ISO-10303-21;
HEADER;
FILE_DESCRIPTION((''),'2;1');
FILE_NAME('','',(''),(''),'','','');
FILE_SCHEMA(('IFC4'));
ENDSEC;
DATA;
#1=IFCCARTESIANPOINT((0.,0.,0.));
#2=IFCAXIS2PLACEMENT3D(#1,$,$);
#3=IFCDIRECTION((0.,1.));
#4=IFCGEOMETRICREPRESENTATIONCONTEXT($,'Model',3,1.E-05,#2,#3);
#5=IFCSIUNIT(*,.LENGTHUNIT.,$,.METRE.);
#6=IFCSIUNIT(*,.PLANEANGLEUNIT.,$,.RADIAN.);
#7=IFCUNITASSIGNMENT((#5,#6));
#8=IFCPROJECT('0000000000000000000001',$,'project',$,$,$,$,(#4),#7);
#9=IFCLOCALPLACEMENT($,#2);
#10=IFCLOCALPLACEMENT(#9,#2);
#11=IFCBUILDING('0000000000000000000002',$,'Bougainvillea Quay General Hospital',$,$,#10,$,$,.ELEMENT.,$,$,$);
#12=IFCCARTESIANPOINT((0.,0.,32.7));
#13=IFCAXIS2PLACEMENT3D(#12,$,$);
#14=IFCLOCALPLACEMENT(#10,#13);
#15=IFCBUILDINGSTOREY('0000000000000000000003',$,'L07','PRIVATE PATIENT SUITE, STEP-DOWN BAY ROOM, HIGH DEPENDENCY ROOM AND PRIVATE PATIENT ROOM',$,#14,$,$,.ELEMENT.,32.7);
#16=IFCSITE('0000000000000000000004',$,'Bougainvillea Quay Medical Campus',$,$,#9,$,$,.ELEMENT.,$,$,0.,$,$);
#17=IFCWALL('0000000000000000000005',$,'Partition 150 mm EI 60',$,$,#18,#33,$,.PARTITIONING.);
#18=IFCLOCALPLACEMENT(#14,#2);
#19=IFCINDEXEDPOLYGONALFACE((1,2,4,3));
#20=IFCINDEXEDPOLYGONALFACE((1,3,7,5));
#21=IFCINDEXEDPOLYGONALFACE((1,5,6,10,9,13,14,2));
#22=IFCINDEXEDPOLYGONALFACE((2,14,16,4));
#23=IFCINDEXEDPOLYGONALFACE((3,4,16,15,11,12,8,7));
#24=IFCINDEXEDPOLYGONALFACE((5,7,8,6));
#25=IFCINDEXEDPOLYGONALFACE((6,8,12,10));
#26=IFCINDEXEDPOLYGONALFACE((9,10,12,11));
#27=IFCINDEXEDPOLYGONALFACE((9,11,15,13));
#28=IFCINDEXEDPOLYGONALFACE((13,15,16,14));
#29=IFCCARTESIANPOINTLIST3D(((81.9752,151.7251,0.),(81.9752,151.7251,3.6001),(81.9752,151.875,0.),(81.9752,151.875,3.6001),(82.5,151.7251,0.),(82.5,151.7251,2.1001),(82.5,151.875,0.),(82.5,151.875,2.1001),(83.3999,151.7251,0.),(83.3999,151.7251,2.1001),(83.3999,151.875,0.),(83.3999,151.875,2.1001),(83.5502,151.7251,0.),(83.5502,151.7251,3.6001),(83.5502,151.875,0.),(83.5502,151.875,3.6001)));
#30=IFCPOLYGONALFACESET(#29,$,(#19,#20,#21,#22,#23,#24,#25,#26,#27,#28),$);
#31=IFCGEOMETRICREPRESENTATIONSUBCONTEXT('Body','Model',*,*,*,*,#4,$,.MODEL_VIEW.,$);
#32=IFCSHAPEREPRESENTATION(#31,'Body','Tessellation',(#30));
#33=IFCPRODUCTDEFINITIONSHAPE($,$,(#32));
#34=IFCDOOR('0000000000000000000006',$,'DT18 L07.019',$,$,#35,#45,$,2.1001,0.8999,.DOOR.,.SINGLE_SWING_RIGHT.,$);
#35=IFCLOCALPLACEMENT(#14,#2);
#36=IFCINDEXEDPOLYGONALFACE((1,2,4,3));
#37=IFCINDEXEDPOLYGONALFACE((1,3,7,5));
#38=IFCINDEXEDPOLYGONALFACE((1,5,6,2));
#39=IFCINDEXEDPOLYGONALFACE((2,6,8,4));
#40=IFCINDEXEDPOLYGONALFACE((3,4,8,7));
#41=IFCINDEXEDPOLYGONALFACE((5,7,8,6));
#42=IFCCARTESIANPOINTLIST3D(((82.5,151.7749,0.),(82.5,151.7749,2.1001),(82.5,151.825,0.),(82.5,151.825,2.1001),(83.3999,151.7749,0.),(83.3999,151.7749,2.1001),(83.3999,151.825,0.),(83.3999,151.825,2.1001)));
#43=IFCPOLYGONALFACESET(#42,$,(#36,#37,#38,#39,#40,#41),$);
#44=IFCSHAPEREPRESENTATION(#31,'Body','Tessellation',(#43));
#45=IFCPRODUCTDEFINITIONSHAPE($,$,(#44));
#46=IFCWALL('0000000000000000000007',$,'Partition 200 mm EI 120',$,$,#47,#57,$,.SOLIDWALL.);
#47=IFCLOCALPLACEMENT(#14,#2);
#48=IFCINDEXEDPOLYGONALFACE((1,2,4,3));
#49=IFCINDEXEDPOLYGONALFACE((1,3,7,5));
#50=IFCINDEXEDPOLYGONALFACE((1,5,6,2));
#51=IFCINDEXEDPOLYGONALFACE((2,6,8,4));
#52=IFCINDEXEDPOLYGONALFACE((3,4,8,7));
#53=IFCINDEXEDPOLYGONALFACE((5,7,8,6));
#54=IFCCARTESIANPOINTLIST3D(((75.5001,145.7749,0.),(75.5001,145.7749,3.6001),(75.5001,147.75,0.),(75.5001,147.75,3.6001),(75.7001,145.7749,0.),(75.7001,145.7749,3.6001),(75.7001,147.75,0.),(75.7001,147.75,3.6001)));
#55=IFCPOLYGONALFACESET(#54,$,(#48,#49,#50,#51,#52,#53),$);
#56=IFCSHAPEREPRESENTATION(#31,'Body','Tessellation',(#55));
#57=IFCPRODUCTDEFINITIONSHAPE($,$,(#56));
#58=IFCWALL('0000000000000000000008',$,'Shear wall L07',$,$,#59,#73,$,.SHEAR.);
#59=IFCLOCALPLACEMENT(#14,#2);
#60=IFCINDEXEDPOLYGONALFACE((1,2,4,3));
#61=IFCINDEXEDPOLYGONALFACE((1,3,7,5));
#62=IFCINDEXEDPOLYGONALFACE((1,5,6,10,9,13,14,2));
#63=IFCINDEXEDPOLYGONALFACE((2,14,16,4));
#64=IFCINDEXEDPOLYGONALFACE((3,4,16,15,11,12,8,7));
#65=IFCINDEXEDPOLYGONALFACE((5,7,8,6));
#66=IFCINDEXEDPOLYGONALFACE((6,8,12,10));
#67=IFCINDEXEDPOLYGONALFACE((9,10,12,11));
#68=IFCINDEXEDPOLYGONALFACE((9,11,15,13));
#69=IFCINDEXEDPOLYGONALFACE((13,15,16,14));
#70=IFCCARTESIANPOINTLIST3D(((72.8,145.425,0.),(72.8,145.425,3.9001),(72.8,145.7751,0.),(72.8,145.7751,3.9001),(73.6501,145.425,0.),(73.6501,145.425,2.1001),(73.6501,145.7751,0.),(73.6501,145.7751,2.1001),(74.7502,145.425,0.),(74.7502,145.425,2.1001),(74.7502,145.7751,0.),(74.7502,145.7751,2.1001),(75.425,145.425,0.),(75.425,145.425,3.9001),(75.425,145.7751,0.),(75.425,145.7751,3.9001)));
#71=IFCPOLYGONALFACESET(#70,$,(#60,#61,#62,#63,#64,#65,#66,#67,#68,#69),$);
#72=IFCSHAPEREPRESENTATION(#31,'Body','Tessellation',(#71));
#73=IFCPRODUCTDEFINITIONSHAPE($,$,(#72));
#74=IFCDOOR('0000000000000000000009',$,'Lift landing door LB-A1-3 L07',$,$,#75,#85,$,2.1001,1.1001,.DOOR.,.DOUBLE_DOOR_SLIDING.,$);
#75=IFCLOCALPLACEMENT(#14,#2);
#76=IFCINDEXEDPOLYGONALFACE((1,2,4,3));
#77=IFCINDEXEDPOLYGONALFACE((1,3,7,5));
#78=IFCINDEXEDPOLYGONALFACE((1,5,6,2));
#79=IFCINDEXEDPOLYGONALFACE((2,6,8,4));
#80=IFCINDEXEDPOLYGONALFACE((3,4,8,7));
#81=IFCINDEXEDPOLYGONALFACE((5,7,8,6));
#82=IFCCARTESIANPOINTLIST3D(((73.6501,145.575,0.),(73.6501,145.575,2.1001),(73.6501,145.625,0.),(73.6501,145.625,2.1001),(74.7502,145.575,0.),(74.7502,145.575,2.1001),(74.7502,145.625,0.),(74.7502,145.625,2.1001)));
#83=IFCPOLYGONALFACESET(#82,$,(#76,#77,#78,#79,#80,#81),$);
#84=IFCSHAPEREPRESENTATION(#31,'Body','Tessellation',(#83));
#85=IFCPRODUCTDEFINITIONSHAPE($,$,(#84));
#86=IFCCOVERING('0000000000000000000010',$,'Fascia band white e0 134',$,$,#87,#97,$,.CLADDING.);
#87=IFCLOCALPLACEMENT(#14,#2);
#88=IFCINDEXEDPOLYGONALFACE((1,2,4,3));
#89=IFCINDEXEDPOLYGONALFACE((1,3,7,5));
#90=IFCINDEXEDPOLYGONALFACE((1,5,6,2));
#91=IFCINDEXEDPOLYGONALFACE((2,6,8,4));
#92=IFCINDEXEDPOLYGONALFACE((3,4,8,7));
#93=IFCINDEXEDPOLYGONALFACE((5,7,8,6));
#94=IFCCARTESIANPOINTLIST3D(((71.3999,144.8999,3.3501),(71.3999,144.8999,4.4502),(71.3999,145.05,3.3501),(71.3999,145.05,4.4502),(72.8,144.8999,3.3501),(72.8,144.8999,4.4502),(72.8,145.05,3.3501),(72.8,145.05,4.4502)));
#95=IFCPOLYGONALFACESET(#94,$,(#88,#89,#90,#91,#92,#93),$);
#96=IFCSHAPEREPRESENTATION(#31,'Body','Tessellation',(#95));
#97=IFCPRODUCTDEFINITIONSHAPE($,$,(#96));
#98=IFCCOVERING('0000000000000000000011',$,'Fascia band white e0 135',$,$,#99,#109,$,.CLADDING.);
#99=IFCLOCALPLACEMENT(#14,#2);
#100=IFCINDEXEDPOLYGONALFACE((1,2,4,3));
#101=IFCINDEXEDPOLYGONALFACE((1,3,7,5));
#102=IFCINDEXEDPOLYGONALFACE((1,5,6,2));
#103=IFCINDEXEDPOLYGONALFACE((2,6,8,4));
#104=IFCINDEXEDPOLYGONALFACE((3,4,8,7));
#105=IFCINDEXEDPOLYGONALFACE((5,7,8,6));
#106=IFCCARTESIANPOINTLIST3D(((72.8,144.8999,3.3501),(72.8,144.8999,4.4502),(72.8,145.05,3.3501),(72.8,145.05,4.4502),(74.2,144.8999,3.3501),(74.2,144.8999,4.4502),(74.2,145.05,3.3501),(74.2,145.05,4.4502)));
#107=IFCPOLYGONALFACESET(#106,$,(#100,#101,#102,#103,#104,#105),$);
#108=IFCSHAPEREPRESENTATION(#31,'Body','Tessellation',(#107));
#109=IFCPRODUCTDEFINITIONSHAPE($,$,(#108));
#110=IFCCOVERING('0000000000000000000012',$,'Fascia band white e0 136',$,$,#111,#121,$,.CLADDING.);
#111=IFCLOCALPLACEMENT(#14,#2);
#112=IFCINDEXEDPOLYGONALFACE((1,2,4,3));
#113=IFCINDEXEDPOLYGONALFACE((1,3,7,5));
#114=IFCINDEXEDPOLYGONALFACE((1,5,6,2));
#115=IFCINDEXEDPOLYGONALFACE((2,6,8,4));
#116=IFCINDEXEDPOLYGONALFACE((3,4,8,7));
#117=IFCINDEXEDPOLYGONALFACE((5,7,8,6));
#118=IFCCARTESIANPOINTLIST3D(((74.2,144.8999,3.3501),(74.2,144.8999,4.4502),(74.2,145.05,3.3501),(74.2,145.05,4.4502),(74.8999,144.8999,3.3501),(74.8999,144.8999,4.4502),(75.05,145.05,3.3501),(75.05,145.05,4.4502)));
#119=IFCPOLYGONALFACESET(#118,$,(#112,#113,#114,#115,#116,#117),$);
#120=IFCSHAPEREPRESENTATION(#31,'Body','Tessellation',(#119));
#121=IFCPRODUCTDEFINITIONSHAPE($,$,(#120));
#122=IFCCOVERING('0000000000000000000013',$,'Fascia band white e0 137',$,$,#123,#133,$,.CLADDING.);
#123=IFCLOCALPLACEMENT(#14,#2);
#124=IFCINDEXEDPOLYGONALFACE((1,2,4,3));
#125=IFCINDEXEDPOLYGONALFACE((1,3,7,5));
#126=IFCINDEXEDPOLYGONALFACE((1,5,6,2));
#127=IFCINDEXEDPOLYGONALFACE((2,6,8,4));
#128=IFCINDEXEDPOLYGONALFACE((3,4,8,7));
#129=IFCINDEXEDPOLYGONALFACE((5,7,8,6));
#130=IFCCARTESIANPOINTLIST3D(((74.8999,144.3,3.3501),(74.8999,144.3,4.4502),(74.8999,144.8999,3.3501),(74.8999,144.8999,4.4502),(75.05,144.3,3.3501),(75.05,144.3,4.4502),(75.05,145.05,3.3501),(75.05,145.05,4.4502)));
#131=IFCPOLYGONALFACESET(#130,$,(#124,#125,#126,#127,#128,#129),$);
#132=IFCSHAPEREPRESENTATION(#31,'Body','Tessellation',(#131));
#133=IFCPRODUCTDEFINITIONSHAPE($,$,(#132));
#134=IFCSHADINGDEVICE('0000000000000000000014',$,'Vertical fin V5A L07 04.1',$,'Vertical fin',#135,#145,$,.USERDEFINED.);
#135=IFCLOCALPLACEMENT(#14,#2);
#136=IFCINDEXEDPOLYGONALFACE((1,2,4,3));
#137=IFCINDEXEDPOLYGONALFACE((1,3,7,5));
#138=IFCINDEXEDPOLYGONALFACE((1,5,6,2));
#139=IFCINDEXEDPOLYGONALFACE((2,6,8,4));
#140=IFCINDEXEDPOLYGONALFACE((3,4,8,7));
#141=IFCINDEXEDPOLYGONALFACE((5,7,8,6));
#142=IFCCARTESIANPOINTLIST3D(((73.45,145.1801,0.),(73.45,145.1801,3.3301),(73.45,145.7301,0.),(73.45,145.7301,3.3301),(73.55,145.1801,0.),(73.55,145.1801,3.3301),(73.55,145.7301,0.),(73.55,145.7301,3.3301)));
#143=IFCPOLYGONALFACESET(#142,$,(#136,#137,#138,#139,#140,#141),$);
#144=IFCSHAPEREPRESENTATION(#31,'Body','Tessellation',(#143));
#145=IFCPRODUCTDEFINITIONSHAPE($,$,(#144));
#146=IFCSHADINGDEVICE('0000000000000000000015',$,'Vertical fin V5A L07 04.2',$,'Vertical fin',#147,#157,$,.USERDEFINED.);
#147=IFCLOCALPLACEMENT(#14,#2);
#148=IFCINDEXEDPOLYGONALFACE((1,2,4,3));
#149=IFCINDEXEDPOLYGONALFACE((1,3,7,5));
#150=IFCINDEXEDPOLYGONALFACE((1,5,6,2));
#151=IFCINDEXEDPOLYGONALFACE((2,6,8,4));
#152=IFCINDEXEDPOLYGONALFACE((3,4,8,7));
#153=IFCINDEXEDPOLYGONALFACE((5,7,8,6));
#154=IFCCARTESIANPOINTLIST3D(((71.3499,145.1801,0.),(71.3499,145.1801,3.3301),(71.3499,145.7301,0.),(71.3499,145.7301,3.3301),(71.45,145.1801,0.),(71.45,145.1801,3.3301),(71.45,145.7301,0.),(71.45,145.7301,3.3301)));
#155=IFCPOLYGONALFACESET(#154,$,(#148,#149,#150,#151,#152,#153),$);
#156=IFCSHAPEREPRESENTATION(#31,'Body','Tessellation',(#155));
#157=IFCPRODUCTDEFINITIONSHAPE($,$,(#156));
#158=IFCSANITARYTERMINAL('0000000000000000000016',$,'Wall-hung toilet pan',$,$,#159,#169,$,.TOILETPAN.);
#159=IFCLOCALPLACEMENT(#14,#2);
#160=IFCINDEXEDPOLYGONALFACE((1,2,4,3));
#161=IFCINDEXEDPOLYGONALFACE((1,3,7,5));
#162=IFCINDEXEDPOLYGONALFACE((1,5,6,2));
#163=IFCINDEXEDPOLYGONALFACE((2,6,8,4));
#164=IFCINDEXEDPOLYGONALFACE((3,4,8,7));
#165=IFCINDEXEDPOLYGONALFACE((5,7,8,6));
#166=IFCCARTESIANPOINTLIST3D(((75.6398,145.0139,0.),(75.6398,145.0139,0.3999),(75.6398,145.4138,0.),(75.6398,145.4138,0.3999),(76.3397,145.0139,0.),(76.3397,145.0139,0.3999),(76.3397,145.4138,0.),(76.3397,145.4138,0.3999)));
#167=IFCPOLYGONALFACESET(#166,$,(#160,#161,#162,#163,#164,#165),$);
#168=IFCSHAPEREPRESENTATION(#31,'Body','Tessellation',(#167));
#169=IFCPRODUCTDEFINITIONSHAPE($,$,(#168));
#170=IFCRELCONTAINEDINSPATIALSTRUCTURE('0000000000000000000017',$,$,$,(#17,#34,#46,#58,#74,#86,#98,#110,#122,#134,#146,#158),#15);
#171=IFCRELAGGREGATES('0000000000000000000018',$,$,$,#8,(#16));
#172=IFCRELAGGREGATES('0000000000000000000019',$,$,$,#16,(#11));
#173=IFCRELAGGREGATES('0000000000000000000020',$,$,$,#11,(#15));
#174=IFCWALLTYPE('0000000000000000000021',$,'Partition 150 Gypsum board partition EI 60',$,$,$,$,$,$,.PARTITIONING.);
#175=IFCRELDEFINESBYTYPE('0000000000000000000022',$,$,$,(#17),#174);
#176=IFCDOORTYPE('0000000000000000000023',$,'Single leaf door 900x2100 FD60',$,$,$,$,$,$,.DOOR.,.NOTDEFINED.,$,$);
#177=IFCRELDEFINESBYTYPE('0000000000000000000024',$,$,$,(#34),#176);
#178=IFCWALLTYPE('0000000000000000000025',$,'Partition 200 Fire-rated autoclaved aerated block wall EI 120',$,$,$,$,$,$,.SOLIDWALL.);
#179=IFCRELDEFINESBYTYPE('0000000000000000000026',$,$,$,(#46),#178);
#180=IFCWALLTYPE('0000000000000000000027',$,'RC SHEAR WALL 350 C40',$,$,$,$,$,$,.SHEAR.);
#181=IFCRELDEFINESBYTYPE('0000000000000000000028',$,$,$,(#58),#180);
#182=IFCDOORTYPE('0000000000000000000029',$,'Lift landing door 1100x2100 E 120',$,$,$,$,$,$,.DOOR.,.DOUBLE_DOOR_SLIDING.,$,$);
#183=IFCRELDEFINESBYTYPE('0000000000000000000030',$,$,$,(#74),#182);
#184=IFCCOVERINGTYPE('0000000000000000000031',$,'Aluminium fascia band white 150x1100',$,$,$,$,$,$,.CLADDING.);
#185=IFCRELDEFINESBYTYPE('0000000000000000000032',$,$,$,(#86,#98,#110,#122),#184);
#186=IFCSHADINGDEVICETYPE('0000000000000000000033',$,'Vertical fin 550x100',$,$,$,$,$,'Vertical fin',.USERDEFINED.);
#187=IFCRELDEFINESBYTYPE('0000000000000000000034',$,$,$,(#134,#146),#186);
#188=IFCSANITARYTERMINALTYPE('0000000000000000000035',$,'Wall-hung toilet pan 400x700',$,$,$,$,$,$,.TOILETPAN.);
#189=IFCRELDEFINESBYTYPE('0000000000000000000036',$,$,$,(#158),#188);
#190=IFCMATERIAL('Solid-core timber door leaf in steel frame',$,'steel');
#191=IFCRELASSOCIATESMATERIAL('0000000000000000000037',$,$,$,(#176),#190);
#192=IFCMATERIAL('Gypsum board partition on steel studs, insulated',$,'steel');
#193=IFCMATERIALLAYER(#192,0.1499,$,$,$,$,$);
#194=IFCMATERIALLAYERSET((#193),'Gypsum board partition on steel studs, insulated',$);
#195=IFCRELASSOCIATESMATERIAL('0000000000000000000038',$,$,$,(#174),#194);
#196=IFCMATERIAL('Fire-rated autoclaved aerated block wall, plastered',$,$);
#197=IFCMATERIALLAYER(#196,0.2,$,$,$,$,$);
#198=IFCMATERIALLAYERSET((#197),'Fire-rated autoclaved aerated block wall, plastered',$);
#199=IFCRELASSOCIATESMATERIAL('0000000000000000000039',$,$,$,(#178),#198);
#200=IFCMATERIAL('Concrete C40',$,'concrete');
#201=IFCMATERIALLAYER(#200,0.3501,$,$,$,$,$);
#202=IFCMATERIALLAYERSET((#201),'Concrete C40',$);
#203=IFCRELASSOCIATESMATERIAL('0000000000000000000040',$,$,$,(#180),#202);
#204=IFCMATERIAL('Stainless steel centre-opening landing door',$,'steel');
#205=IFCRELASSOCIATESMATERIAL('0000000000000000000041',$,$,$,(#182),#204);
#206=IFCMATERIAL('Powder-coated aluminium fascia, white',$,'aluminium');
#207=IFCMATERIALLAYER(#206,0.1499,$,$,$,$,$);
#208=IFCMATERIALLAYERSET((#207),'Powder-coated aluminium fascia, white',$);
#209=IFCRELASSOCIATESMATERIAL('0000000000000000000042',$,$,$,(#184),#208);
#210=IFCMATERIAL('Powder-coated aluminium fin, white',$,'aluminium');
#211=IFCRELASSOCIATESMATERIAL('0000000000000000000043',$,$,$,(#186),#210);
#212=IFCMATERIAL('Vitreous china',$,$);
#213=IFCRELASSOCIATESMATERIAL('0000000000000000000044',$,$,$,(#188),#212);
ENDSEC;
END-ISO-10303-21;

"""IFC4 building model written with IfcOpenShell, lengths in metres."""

from ifc_helpers import new_model, si_unit, direction, frame, frame_2d, origin, origin_2d, place, context, subcontext, project, spatial, polyline, rectangle, outline, extrude, material, layer, layer_set, material_profile, profile_set, type_object, element, fill, save


model = new_model("IFC4")

# Units and contexts
model_context = context("Model", 3, precision=1e-05, world=origin(), true_north=direction((0.0, 1.0)))
body_context = subcontext(model_context, "Body", "Model", "MODEL_VIEW")
ifc_project = project(units=[si_unit("LENGTHUNIT", "METRE"), si_unit("PLANEANGLEUNIT", "RADIAN")], contexts=[model_context])

# Site, building, storey
site_placement = place(None, origin())
site = spatial("IfcSite", under=ifc_project, at=site_placement, Name="Bougainvillea Quay Medical Campus", CompositionType="ELEMENT", RefElevation=0.0)
building_placement = place(site_placement, origin())
building = spatial("IfcBuilding", under=site, at=building_placement, Name="Bougainvillea Quay General Hospital", CompositionType="ELEMENT")
storey_placement = place(building_placement, frame((0.0, 0.0, 32.7)))
storey = spatial("IfcBuildingStorey", under=building, at=storey_placement, Name="L07", Description="PRIVATE PATIENT SUITE, STEP-DOWN BAY ROOM, HIGH DEPENDENCY ROOM AND PRIVATE PATIENT ROOM", CompositionType="ELEMENT", Elevation=32.7)

# Shared definitions
ifc_material_1 = material(Name="Concrete C40", Category="concrete")

# Shared definitions
ifc_material_2 = material(Name="Gypsum board partition on steel studs, insulated", Category="steel")
ifc_material_3 = material(Name="Solid-core timber door leaf in steel frame", Category="steel")
door_type_1 = type_object("IfcDoorType", Name="Single leaf door 900x2100 FD60", OperationType="NOTDEFINED", PredefinedType="DOOR", material=ifc_material_3)

# Wall, opening, door
ifc_layer_1 = layer(ifc_material_2, 0.1499)
ifc_layer_set_1 = layer_set([ifc_layer_1], Name="Gypsum board partition on steel studs, insulated")
wall_type_1 = type_object("IfcWallType", Name="Partition 150 Gypsum board partition EI 60", PredefinedType="PARTITIONING", material=ifc_layer_set_1)
wall_1_placement = place(storey_placement, frame((81.9751, 151.8, 0.0), z_axis=(0.0, 0.0, 1.0), x_axis=(1.0, 0.0, 0.0)))
wall_1 = element("IfcWall", 1, at=wall_1_placement, inside=storey, type_object=wall_type_1, Name="Partition 150 mm EI 60", PredefinedType="PARTITIONING", context=body_context, shape_type="SweptSolid", body=[
    extrude(rectangle(XDim=1.575, YDim=0.1499, at=frame_2d((0.7876, 0.0))), origin(), (0.0, 0.0, 1.0), 3.6001),
])
opening_1_placement = place(wall_1_placement, frame((0.5249, 0.0, 0.0)))
opening_1 = element("IfcOpeningElement", 2, at=opening_1_placement, cuts=wall_1, PredefinedType="OPENING", context=body_context, shape_type="SweptSolid", body=[
    extrude(rectangle(XDim=0.8999, YDim=2.1001, at=frame_2d((0.45, 1.05))), frame((0.0, 0.085, 0.0), z_axis=(0.0, -1.0, 0.0), x_axis=(1.0, 0.0, 0.0)), (0.0, 0.0, 1.0), 0.1699),
])
door_1_placement = place(opening_1_placement, origin())
door_1 = element("IfcDoor", 3, at=door_1_placement, inside=storey, type_object=door_type_1, Name="DT18 L07.019", OperationType="SINGLE_SWING_RIGHT", OverallHeight=2.1001, OverallWidth=0.8999, PredefinedType="DOOR", context=body_context, shape_type="SweptSolid", body=[
    extrude(rectangle(XDim=0.8999, YDim=2.1001, at=frame_2d((0.45, 1.05))), frame((0.0, 0.0249, 0.0), z_axis=(0.0, -1.0, 0.0), x_axis=(1.0, 0.0, 0.0)), (0.0, 0.0, 1.0), 0.05),
])
fill(opening_1, door_1)

# Wall
ifc_material_4 = material(Name="Fire-rated autoclaved aerated block wall, plastered")
ifc_layer_2 = layer(ifc_material_4, 0.2)
ifc_layer_set_2 = layer_set([ifc_layer_2], Name="Fire-rated autoclaved aerated block wall, plastered")
wall_type_2 = type_object("IfcWallType", Name="Partition 200 Fire-rated autoclaved aerated block wall EI 120", PredefinedType="SOLIDWALL", material=ifc_layer_set_2)
wall_2_placement = place(storey_placement, frame((75.6001, 145.7749, 0.0), z_axis=(0.0, 0.0, 1.0), x_axis=(0.0, 1.0, 0.0)))
element("IfcWall", 4, at=wall_2_placement, inside=storey, type_object=wall_type_2, Name="Partition 200 mm EI 120", PredefinedType="SOLIDWALL", context=body_context, shape_type="SweptSolid", body=[
    extrude(rectangle(XDim=1.9751, YDim=0.2, at=frame_2d((0.9875, 0.0))), origin(), (0.0, 0.0, 1.0), 3.6001),
])

# Wall, opening, door
ifc_layer_3 = layer(ifc_material_1, 0.3501)
ifc_layer_set_3 = layer_set([ifc_layer_3], Name="Concrete C40")
wall_type_3 = type_object("IfcWallType", Name="RC SHEAR WALL 350 C40", PredefinedType="SHEAR", material=ifc_layer_set_3)
wall_3_placement = place(storey_placement, frame((72.8, 145.6001, 0.0), z_axis=(0.0, 0.0, 1.0), x_axis=(1.0, 0.0, 0.0)))
wall_3 = element("IfcWall", 5, at=wall_3_placement, inside=storey, type_object=wall_type_3, Name="Shear wall L07", PredefinedType="SHEAR", context=body_context, shape_type="SweptSolid", body=[
    extrude(rectangle(XDim=2.625, YDim=0.3501, at=frame_2d((1.3125, 0.0))), origin(), (0.0, 0.0, 1.0), 3.9001),
])
opening_2_placement = place(wall_3_placement, frame((0.8501, 0.0, 0.0)))
opening_2 = element("IfcOpeningElement", 6, at=opening_2_placement, cuts=wall_3, PredefinedType="OPENING", context=body_context, shape_type="SweptSolid", body=[
    extrude(rectangle(XDim=1.1001, YDim=2.1001, at=frame_2d((0.55, 1.05))), frame((0.0, 0.1851, 0.0), z_axis=(0.0, -1.0, 0.0), x_axis=(1.0, 0.0, 0.0)), (0.0, 0.0, 1.0), 0.3701),
])
ifc_material_5 = material(Name="Stainless steel centre-opening landing door", Category="steel")
door_type_2 = type_object("IfcDoorType", Name="Lift landing door 1100x2100 E 120", OperationType="DOUBLE_DOOR_SLIDING", PredefinedType="DOOR", material=ifc_material_5)
door_2_placement = place(opening_2_placement, origin())
door_2 = element("IfcDoor", 7, at=door_2_placement, inside=storey, type_object=door_type_2, Name="Lift landing door LB-A1-3 L07", OperationType="DOUBLE_DOOR_SLIDING", OverallHeight=2.1001, OverallWidth=1.1001, PredefinedType="DOOR", context=body_context, shape_type="SweptSolid", body=[
    extrude(rectangle(XDim=1.1001, YDim=2.1001, at=frame_2d((0.55, 1.05))), frame((0.0, 0.0249, 0.0), z_axis=(0.0, -1.0, 0.0), x_axis=(1.0, 0.0, 0.0)), (0.0, 0.0, 1.0), 0.05),
])
fill(opening_2, door_2)

# Coverings
ifc_material_6 = material(Name="Powder-coated aluminium fascia, white", Category="aluminium")
ifc_layer_4 = layer(ifc_material_6, 0.1499)
ifc_layer_set_4 = layer_set([ifc_layer_4], Name="Powder-coated aluminium fascia, white")
covering_type = type_object("IfcCoveringType", Name="Aluminium fascia band white 150x1100", PredefinedType="CLADDING", material=ifc_layer_set_4)
covering_1_placement = place(storey_placement, frame((71.3999, 145.05, 3.3501), z_axis=(0.0, 0.0, 1.0), x_axis=(1.0, 0.0, 0.0)))
element("IfcCovering", 8, at=covering_1_placement, inside=storey, type_object=covering_type, Name="Fascia band white e0 134", PredefinedType="CLADDING", context=body_context, shape_type="SweptSolid", body=[
    extrude(outline(polyline([(0.0, 0.0), (1.4001, 0.0), (1.4001, -0.1501), (0.0, -0.1501), (0.0, 0.0)])), origin(), (0.0, 0.0, 1.0), 1.1001),
])
covering_2_placement = place(storey_placement, frame((72.8, 145.05, 3.3501), z_axis=(0.0, 0.0, 1.0), x_axis=(1.0, 0.0, 0.0)))
element("IfcCovering", 9, at=covering_2_placement, inside=storey, type_object=covering_type, Name="Fascia band white e0 135", PredefinedType="CLADDING", context=body_context, shape_type="SweptSolid", body=[
    extrude(outline(polyline([(0.0, 0.0), (1.3999, 0.0), (1.3999, -0.1501), (0.0, -0.1501), (0.0, 0.0)])), origin(), (0.0, 0.0, 1.0), 1.1001),
])
covering_3_placement = place(storey_placement, frame((74.2, 145.05, 3.3501), z_axis=(0.0, 0.0, 1.0), x_axis=(1.0, 0.0, 0.0)))
element("IfcCovering", 10, at=covering_3_placement, inside=storey, type_object=covering_type, Name="Fascia band white e0 136", PredefinedType="CLADDING", context=body_context, shape_type="SweptSolid", body=[
    extrude(outline(polyline([(0.0, 0.0), (0.8501, 0.0), (0.7, -0.1501), (0.0, -0.1501), (0.0, 0.0)])), origin(), (0.0, 0.0, 1.0), 1.1001),
])
covering_4_placement = place(storey_placement, frame((75.05, 145.05, 3.3501), z_axis=(0.0, 0.0, 1.0), x_axis=(0.0, -1.0, 0.0)))
element("IfcCovering", 11, at=covering_4_placement, inside=storey, type_object=covering_type, Name="Fascia band white e0 137", PredefinedType="CLADDING", context=body_context, shape_type="SweptSolid", body=[
    extrude(outline(polyline([(0.0, 0.0), (0.75, 0.0), (0.75, -0.1501), (0.1501, -0.1501), (0.0, 0.0)])), origin(), (0.0, 0.0, 1.0), 1.1001),
])

# Shading devices
ifc_material_7 = material(Name="Powder-coated aluminium fin, white", Category="aluminium")
ifc_material_profile_1 = material_profile(ifc_material_7, rectangle(XDim=0.55, YDim=0.1001, at=origin_2d()))
ifc_profile_set_1 = profile_set([ifc_material_profile_1], Name="Powder-coated aluminium fin, white")
shading_device_type = type_object("IfcShadingDeviceType", Name="Vertical fin 550x100", ElementType="Vertical fin", PredefinedType="USERDEFINED", material=ifc_profile_set_1)
for number, where, z_axis, x_axis, name in (
    (12, (73.5, 145.4551, 0.0), (0.0, 0.0, 1.0), (0.0, -1.0, 0.0), "Vertical fin V5A L07 04.1"),
    (13, (71.3999, 145.4551, 0.0), (0.0, 0.0, 1.0), (0.0, -1.0, 0.0), "Vertical fin V5A L07 04.2"),
):
    element("IfcShadingDevice", number, at=place(storey_placement, frame(where, z_axis=z_axis, x_axis=x_axis)), inside=storey, type_object=shading_device_type, Name=name, ObjectType="Vertical fin", PredefinedType="USERDEFINED", context=body_context, shape_type="SweptSolid", body=[
        extrude(rectangle(XDim=0.55, YDim=0.1001, at=origin_2d()), origin(), (0.0, 0.0, 1.0), 3.3301),
    ])

# Sanitary terminal
ifc_material_8 = material(Name="Vitreous china")
sanitary_terminal_type = type_object("IfcSanitaryTerminalType", Name="Wall-hung toilet pan 400x700", PredefinedType="TOILETPAN", material=ifc_material_8)
sanitary_terminal_placement = place(storey_placement, frame((75.9897, 145.2139, 0.0), z_axis=(0.0, 0.0, 1.0), x_axis=(0.0, 1.0, 0.0)))
element("IfcSanitaryTerminal", 14, at=sanitary_terminal_placement, inside=storey, type_object=sanitary_terminal_type, Name="Wall-hung toilet pan", PredefinedType="TOILETPAN", context=body_context, shape_type="SweptSolid", body=[
    extrude(rectangle(XDim=0.3999, YDim=0.7, at=origin_2d()), origin(), (0.0, 0.0, 1.0), 0.3999),
])

save(model, "model.ifc")
